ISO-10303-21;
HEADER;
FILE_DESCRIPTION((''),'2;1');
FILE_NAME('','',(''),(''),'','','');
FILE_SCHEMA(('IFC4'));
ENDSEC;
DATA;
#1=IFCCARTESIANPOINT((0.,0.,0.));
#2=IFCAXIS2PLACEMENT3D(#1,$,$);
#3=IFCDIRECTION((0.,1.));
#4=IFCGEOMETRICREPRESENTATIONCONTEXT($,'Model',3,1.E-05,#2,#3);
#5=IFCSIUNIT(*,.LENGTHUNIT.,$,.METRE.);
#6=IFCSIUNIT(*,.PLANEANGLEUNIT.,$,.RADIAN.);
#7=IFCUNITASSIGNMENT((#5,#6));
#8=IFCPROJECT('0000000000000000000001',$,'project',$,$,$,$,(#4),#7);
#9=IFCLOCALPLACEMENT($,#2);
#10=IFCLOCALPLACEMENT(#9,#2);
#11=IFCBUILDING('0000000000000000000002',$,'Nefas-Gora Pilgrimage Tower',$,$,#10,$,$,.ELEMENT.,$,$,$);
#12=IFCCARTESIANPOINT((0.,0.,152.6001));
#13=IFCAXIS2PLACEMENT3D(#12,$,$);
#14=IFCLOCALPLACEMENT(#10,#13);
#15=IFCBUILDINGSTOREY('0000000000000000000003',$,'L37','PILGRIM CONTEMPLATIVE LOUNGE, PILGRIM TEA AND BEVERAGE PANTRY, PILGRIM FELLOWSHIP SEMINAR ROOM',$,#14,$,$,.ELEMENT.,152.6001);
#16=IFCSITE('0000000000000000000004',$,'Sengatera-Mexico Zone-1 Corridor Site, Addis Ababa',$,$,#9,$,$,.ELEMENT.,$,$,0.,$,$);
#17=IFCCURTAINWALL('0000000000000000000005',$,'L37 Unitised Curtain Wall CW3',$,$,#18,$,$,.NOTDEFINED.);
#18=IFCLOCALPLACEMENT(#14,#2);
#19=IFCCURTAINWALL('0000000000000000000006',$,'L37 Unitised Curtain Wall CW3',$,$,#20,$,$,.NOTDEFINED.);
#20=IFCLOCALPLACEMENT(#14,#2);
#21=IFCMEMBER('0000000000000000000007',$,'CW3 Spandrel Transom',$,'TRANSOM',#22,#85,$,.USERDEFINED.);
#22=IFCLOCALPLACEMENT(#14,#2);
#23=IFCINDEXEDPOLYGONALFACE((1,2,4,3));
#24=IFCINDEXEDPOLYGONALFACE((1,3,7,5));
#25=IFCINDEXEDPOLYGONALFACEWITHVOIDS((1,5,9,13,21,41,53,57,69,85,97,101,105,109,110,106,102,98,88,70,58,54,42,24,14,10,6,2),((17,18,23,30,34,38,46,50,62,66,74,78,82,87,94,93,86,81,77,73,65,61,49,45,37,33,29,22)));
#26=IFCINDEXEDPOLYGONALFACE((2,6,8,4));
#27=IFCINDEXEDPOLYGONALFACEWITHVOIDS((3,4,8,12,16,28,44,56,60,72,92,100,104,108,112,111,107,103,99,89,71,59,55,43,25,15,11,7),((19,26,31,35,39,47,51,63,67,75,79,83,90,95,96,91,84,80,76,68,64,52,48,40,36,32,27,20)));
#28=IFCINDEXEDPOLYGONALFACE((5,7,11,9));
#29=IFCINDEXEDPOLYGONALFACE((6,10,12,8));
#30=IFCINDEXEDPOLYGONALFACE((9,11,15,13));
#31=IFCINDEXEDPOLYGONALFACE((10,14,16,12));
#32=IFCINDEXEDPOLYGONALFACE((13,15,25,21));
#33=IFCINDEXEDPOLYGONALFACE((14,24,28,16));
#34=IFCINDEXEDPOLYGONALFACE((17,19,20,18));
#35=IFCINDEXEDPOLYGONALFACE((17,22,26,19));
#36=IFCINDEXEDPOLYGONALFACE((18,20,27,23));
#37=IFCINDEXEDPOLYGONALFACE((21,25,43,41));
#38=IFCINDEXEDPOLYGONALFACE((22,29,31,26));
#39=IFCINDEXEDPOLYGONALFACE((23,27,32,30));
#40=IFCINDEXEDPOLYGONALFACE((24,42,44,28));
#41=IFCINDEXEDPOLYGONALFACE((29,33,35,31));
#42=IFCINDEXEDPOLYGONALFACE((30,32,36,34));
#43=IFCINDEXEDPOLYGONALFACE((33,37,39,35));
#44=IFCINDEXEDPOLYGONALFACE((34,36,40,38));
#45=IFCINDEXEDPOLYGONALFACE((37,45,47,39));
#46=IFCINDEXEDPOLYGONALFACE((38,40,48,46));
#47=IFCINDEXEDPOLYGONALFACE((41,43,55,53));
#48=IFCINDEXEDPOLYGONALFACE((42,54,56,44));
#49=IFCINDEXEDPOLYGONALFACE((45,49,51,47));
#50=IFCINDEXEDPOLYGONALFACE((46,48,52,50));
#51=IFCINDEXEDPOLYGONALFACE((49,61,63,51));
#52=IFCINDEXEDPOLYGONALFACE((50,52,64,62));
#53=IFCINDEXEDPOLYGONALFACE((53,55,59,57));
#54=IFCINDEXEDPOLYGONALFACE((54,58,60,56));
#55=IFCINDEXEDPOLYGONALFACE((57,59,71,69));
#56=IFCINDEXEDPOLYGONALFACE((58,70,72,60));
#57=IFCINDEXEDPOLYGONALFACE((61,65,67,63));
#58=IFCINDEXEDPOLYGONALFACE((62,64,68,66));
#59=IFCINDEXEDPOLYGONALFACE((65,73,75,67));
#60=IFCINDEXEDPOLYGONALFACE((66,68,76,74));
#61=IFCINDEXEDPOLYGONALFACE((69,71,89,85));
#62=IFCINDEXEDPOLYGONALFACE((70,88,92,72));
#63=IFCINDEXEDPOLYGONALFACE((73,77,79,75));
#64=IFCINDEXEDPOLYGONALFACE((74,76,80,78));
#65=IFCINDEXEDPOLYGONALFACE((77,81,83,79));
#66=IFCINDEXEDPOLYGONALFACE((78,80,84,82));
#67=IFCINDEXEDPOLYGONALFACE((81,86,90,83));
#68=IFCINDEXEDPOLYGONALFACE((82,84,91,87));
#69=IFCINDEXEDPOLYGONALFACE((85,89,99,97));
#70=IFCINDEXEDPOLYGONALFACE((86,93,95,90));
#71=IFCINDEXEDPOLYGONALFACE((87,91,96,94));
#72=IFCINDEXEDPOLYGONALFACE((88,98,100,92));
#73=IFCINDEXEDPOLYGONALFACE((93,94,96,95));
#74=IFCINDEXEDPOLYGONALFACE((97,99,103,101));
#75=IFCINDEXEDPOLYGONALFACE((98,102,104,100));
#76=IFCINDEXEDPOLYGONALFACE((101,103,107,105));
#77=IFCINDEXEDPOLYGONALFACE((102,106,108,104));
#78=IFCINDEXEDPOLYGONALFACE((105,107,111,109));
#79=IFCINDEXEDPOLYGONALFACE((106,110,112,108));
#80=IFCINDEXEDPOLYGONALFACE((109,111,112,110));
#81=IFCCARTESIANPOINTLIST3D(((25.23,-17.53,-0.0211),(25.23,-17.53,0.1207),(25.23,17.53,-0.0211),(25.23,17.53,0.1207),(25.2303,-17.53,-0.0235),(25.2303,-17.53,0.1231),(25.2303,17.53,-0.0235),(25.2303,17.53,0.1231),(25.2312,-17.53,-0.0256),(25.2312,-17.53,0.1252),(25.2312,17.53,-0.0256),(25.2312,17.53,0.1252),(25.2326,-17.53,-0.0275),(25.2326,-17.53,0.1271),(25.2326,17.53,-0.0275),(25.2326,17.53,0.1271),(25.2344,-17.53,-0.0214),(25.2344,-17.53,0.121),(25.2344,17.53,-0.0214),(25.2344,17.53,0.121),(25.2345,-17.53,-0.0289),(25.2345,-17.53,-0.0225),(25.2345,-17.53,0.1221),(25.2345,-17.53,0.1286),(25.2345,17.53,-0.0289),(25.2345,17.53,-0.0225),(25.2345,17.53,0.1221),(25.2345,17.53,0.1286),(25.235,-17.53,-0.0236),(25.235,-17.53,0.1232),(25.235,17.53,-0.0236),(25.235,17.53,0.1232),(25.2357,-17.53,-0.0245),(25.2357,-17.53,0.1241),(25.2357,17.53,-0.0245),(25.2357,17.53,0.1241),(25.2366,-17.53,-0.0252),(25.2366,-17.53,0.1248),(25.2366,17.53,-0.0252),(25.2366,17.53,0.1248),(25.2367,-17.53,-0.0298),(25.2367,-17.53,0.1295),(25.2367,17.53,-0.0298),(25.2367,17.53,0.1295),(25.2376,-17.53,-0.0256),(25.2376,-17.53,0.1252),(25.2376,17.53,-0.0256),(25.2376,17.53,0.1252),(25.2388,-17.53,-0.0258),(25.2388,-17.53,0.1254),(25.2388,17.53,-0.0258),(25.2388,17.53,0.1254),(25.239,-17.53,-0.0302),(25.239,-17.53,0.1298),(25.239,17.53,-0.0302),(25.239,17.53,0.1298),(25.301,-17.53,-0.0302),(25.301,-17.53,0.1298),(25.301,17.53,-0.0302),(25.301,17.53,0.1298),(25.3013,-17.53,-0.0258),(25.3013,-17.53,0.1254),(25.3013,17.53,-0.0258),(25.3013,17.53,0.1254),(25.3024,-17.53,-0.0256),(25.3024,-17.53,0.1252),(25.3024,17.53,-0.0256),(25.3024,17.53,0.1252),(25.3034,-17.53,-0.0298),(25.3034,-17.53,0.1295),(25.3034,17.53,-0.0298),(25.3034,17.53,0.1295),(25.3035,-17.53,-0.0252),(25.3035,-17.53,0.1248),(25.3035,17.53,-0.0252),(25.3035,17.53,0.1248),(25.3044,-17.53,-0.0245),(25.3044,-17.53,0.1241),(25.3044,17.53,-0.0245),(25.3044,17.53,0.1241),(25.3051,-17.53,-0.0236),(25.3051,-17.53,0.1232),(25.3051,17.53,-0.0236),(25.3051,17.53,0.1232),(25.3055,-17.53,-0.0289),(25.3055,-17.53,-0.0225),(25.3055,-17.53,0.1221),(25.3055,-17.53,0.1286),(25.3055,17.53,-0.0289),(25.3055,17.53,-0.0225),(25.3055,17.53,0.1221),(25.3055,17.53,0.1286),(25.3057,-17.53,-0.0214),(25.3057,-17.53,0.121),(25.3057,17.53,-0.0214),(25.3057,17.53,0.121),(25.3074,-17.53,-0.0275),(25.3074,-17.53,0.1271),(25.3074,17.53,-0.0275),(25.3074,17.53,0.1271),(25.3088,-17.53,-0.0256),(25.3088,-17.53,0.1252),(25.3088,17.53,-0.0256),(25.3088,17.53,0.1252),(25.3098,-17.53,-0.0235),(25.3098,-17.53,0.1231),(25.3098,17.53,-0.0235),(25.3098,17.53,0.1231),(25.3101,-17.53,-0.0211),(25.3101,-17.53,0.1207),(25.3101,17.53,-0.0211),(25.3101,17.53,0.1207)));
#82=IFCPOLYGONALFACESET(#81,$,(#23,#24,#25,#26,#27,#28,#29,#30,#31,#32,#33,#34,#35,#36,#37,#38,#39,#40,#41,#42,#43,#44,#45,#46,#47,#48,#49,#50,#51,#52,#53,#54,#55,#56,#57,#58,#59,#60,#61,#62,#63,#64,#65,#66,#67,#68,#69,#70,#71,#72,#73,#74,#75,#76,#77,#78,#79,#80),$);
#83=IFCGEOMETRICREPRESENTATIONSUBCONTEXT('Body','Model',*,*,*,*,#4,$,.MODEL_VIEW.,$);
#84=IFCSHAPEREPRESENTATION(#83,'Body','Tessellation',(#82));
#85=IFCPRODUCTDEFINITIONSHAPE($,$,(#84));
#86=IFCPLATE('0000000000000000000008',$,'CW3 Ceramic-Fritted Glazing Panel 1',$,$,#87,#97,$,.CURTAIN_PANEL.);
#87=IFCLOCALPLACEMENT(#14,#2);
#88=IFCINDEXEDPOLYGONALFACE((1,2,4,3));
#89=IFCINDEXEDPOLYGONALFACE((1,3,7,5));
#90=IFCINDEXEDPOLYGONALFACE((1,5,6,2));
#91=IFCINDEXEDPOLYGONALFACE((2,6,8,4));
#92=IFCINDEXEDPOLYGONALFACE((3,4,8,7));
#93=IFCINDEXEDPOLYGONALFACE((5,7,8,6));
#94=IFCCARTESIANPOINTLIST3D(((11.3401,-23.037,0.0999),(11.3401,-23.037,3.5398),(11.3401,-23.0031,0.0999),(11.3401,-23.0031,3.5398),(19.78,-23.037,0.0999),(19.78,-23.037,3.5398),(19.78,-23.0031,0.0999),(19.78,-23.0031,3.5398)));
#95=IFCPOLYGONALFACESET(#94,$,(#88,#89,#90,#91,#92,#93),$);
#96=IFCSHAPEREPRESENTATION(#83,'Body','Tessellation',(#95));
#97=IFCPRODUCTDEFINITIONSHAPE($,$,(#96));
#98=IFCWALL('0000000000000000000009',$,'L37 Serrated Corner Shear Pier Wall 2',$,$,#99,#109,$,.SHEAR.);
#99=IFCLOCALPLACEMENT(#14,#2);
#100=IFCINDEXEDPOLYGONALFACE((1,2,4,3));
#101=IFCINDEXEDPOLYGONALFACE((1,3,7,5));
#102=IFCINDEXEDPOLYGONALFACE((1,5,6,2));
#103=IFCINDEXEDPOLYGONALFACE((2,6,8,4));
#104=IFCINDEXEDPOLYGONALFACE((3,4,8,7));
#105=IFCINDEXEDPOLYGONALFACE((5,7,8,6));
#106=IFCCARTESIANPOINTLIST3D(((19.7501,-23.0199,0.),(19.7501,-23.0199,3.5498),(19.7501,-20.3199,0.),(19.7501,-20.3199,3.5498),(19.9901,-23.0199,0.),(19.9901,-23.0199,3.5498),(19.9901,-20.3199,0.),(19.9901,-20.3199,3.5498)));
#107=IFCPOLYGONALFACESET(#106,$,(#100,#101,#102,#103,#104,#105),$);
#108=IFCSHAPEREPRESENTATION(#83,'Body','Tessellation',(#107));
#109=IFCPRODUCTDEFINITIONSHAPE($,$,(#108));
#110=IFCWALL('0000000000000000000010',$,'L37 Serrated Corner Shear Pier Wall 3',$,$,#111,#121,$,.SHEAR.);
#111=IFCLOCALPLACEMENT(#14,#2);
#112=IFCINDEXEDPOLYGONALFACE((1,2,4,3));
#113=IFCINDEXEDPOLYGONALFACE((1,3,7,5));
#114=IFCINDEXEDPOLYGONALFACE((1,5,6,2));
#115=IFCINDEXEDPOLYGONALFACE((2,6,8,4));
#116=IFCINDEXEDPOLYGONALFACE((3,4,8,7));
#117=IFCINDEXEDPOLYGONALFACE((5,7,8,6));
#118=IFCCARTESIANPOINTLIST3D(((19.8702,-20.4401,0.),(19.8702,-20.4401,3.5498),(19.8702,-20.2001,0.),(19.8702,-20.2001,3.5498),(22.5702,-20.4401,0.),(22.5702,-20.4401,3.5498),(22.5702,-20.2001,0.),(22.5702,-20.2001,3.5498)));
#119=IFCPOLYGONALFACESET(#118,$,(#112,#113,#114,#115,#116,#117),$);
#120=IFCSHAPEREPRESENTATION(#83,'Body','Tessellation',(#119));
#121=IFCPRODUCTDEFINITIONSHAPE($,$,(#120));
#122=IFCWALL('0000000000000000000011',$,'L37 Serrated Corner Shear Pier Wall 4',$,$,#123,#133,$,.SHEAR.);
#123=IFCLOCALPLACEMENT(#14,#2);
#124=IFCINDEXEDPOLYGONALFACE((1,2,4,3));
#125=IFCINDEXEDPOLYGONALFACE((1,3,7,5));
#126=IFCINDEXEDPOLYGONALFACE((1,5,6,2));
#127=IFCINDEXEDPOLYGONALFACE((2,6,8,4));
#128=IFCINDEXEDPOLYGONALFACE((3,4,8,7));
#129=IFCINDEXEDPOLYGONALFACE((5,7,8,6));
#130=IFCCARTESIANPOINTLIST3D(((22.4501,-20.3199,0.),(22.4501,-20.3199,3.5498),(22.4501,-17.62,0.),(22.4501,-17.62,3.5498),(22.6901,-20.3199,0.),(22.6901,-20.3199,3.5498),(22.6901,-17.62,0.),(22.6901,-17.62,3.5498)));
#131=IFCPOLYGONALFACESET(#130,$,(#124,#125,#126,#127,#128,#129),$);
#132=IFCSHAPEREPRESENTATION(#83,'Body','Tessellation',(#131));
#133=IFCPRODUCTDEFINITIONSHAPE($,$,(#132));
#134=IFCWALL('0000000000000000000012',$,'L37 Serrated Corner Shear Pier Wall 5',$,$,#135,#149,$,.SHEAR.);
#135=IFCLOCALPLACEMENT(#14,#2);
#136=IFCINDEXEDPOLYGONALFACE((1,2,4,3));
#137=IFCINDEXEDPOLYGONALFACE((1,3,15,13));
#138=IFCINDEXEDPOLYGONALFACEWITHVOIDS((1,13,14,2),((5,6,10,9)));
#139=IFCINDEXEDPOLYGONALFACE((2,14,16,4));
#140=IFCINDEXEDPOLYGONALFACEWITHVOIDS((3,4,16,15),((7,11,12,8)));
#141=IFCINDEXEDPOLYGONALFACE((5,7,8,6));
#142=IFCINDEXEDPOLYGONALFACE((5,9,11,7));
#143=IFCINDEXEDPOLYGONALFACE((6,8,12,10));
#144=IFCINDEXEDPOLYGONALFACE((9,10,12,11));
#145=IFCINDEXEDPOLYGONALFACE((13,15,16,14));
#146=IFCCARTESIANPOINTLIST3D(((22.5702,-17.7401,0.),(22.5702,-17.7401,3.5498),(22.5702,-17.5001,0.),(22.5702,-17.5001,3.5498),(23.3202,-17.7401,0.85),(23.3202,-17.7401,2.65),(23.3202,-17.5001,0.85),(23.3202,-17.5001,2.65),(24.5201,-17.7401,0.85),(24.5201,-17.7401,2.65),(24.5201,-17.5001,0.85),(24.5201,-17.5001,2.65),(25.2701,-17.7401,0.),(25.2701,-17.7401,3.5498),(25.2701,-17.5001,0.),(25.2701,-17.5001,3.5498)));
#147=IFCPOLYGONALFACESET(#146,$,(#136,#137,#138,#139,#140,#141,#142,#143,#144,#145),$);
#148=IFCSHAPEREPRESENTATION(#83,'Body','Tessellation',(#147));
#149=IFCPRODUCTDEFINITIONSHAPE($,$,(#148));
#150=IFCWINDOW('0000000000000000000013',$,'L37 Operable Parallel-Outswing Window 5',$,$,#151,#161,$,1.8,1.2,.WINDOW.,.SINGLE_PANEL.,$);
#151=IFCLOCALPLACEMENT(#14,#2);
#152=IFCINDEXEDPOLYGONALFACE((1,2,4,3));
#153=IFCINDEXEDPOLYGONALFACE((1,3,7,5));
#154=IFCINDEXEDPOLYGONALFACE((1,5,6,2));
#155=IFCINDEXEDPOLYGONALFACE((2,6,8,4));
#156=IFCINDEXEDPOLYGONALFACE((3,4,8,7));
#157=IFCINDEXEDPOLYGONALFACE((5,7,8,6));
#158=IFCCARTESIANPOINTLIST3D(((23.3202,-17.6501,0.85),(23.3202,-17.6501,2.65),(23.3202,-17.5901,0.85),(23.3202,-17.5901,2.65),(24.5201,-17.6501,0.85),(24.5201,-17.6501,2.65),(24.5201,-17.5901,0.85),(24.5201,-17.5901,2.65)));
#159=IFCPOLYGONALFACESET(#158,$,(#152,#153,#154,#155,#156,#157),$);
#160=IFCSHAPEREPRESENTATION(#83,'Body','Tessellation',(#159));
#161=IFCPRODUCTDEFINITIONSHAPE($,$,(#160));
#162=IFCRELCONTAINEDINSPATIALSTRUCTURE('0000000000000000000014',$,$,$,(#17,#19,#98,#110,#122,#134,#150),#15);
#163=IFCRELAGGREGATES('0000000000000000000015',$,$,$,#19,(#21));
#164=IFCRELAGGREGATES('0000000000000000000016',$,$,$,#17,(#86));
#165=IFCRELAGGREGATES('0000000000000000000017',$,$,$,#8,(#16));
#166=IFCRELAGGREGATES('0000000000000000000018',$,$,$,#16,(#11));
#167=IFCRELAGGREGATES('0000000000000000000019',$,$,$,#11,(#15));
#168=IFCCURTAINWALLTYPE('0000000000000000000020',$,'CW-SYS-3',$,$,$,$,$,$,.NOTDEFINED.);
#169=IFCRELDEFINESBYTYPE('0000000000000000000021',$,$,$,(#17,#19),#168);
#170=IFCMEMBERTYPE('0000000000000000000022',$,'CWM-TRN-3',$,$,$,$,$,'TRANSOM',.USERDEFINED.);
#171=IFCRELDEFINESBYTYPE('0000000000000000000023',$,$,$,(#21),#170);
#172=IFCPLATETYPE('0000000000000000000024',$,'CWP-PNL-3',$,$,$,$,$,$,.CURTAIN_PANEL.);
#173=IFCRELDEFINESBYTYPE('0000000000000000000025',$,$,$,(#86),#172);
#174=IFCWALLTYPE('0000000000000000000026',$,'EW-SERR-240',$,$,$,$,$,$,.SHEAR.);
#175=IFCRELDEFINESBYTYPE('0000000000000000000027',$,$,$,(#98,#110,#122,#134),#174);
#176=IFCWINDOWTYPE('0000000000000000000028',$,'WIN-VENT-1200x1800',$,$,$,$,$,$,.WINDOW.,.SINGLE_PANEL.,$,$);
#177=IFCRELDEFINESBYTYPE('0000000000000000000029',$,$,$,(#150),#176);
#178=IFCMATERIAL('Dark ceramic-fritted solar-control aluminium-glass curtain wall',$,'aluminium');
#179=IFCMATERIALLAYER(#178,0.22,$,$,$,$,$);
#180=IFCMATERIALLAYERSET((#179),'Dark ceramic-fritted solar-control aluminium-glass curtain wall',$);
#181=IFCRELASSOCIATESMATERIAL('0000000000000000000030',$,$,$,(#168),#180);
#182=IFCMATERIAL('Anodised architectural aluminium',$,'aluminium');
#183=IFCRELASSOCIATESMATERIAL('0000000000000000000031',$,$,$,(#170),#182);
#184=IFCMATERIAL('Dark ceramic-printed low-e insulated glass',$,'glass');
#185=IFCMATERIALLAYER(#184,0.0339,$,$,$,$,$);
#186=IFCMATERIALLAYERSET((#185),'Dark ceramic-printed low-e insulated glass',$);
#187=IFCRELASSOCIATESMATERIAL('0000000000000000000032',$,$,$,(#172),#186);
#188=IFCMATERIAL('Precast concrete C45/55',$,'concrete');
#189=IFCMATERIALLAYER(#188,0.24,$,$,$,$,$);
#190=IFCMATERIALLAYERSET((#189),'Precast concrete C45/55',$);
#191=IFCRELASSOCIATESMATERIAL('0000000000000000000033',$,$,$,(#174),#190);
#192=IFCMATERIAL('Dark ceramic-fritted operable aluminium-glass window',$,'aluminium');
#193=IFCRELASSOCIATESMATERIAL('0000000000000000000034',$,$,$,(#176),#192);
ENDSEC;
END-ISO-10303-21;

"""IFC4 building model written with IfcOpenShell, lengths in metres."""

from ifc_helpers import new_model, si_unit, direction, frame, frame_2d, origin, origin_2d, place, context, subcontext, project, spatial, rectangle, hollow_rectangle, extrude, source, transform, mapped, material, layer, layer_set, material_profile, profile_set, type_object, element, fill, aggregate, save


model = new_model("IFC4")

# Units and contexts
model_context = context("Model", 3, precision=1e-05, world=origin(), true_north=direction((0.0, 1.0)))
body_context = subcontext(model_context, "Body", "Model", "MODEL_VIEW")
ifc_project = project(units=[si_unit("LENGTHUNIT", "METRE"), si_unit("PLANEANGLEUNIT", "RADIAN")], contexts=[model_context])

# Site, building, storey
site_placement = place(None, origin())
site = spatial("IfcSite", under=ifc_project, at=site_placement, Name="Sengatera-Mexico Zone-1 Corridor Site, Addis Ababa", CompositionType="ELEMENT", RefElevation=0.0)
building_placement = place(site_placement, origin())
building = spatial("IfcBuilding", under=site, at=building_placement, Name="Nefas-Gora Pilgrimage Tower", CompositionType="ELEMENT")
storey_placement = place(building_placement, frame((0.0, 0.0, 152.6001)))
storey = spatial("IfcBuildingStorey", under=building, at=storey_placement, Name="L37", Description="PILGRIM CONTEMPLATIVE LOUNGE, PILGRIM TEA AND BEVERAGE PANTRY, PILGRIM FELLOWSHIP SEMINAR ROOM", CompositionType="ELEMENT", Elevation=152.6001)

# Curtain walls, member
ifc_material_1 = material(Name="Dark ceramic-fritted solar-control aluminium-glass curtain wall", Category="aluminium")
ifc_layer_1 = layer(ifc_material_1, 0.22)
ifc_layer_set_1 = layer_set([ifc_layer_1], Name="Dark ceramic-fritted solar-control aluminium-glass curtain wall")
curtain_wall_type = type_object("IfcCurtainWallType", Name="CW-SYS-3", PredefinedType="NOTDEFINED", material=ifc_layer_set_1)
curtain_wall_1_placement = place(storey_placement, origin())
curtain_wall_1 = element("IfcCurtainWall", 1, at=curtain_wall_1_placement, inside=storey, type_object=curtain_wall_type, Name="L37 Unitised Curtain Wall CW3", PredefinedType="NOTDEFINED")
ifc_material_2 = material(Name="Anodised architectural aluminium", Category="aluminium")
ifc_material_profile_1 = material_profile(ifc_material_2, hollow_rectangle(XDim=0.0801, YDim=0.1599, WallThickness=0.0044, InnerFilletRadius=0.0044, OuterFilletRadius=0.009, at=origin_2d()), Name="ALU TRANSOM 80x160")
ifc_profile_set_1 = profile_set([ifc_material_profile_1], Name="Anodised architectural aluminium")
member_type_1 = type_object("IfcMemberType", Name="CWM-TRN-3", ElementType="TRANSOM", PredefinedType="USERDEFINED", material=ifc_profile_set_1)
curtain_wall_2_placement = place(storey_placement, origin())
curtain_wall_2 = element("IfcCurtainWall", 2, at=curtain_wall_2_placement, inside=storey, type_object=curtain_wall_type, Name="L37 Unitised Curtain Wall CW3", PredefinedType="NOTDEFINED")
shared_shape_1 = source(origin(), body_context, "Body", "SweptSolid", [
    extrude(hollow_rectangle(XDim=0.0801, YDim=0.1599, WallThickness=0.0044, InnerFilletRadius=0.0044, OuterFilletRadius=0.009, at=origin_2d()), origin(), (0.0, 0.0, 1.0), 35.0601),
])
member_1_placement = place(storey_placement, frame((25.27, -17.53, 0.0498), z_axis=(0.0, 1.0, 0.0), x_axis=(-1.0, 0.0, 0.0)))
member_1 = element("IfcMember", 3, at=member_1_placement, type_object=member_type_1, Name="CW3 Spandrel Transom", ObjectType="TRANSOM", PredefinedType="USERDEFINED", context=body_context, shape_type="MappedRepresentation", body=[
    mapped(shared_shape_1, transform((0.0, 0.0, 0.0), x_axis=(1.0, 0.0, 0.0), y_axis=(0.0, 1.0, 0.0), z_axis=(0.0, 0.0, 1.0), scale=1.0)),
])
aggregate(curtain_wall_2, [member_1])

# Plate
ifc_material_3 = material(Name="Dark ceramic-printed low-e insulated glass", Category="glass")
ifc_layer_2 = layer(ifc_material_3, 0.0339)
ifc_layer_set_2 = layer_set([ifc_layer_2], Name="Dark ceramic-printed low-e insulated glass")
plate_type = type_object("IfcPlateType", Name="CWP-PNL-3", PredefinedType="CURTAIN_PANEL", material=ifc_layer_set_2)
shared_shape_2 = source(origin(), body_context, "Body", "SweptSolid", [
    extrude(rectangle(XDim=8.4399, YDim=0.0339, at=origin_2d()), origin(), (0.0, 0.0, 1.0), 3.4399),
])
plate_placement = place(storey_placement, frame((15.5601, -23.02, 0.0999), z_axis=(0.0, 0.0, 1.0), x_axis=(1.0, 0.0, 0.0)))
plate = element("IfcPlate", 4, at=plate_placement, type_object=plate_type, Name="CW3 Ceramic-Fritted Glazing Panel 1", PredefinedType="CURTAIN_PANEL", context=body_context, shape_type="MappedRepresentation", body=[
    mapped(shared_shape_2, transform((0.0, 0.0, 0.0), x_axis=(1.0, 0.0, 0.0), y_axis=(0.0, 1.0, 0.0), z_axis=(0.0, 0.0, 1.0), scale=1.0)),
])
aggregate(curtain_wall_1, [plate])

# Walls
ifc_material_4 = material(Name="Precast concrete C45/55", Category="concrete")
ifc_layer_3 = layer(ifc_material_4, 0.24)
ifc_layer_set_3 = layer_set([ifc_layer_3], Name="Precast concrete C45/55")
wall_type_1 = type_object("IfcWallType", Name="EW-SERR-240", PredefinedType="SHEAR", material=ifc_layer_set_3)
shared_shape_3 = source(origin(), body_context, "Body", "SweptSolid", [
    extrude(rectangle(XDim=2.7, YDim=0.24, at=frame_2d((1.3501, 0.0))), origin(), (0.0, 0.0, 1.0), 3.5498),
])
for number, where, z_axis, x_axis, name in (
    (5, (19.8701, -23.02, 0.0), (0.0, 0.0, 1.0), (0.0, 1.0, 0.0), "L37 Serrated Corner Shear Pier Wall 2"),
    (6, (19.8701, -20.3201, 0.0), (0.0, 0.0, 1.0), (1.0, 0.0, 0.0), "L37 Serrated Corner Shear Pier Wall 3"),
    (7, (22.5701, -20.3201, 0.0), (0.0, 0.0, 1.0), (0.0, 1.0, 0.0), "L37 Serrated Corner Shear Pier Wall 4"),
):
    element("IfcWall", number, at=place(storey_placement, frame(where, z_axis=z_axis, x_axis=x_axis)), inside=storey, type_object=wall_type_1, Name=name, PredefinedType="SHEAR", context=body_context, shape_type="MappedRepresentation", body=[
        mapped(shared_shape_3, transform((0.0, 0.0, 0.0), x_axis=(1.0, 0.0, 0.0), y_axis=(0.0, 1.0, 0.0), z_axis=(0.0, 0.0, 1.0), scale=1.0)),
    ])

# Wall, opening, window
wall_1_placement = place(storey_placement, frame((22.5701, -17.6201, 0.0), z_axis=(0.0, 0.0, 1.0), x_axis=(1.0, 0.0, 0.0)))
wall_1 = element("IfcWall", 8, at=wall_1_placement, inside=storey, type_object=wall_type_1, Name="L37 Serrated Corner Shear Pier Wall 5", PredefinedType="SHEAR", context=body_context, shape_type="MappedRepresentation", body=[
    mapped(shared_shape_3, transform((0.0, 0.0, 0.0), x_axis=(1.0, 0.0, 0.0), y_axis=(0.0, 1.0, 0.0), z_axis=(0.0, 0.0, 1.0), scale=1.0)),
])
opening_1_placement = place(wall_1_placement, frame((0.75, 0.0, 0.8501)))
opening_1 = element("IfcOpeningElement", 9, at=opening_1_placement, cuts=wall_1, PredefinedType="OPENING", context=body_context, shape_type="SweptSolid", body=[
    extrude(rectangle(XDim=1.2, YDim=1.8, at=frame_2d((0.6001, 0.8999))), frame((0.0, 0.1299, 0.0), z_axis=(0.0, -1.0, 0.0), x_axis=(1.0, 0.0, 0.0)), (0.0, 0.0, 1.0), 0.26),
])
ifc_material_5 = material(Name="Dark ceramic-fritted operable aluminium-glass window", Category="aluminium")
window_type = type_object("IfcWindowType", Name="WIN-VENT-1200x1800", PartitioningType="SINGLE_PANEL", PredefinedType="WINDOW", material=ifc_material_5)
shared_shape_4 = source(origin(), body_context, "Body", "SweptSolid", [
    extrude(rectangle(XDim=1.2, YDim=1.8, at=frame_2d((0.6001, 0.8999))), frame((0.0, 0.03, 0.0), z_axis=(0.0, -1.0, 0.0), x_axis=(1.0, 0.0, 0.0)), (0.0, 0.0, 1.0), 0.0601),
])
window_placement = place(opening_1_placement, origin())
window = element("IfcWindow", 10, at=window_placement, inside=storey, type_object=window_type, Name="L37 Operable Parallel-Outswing Window 5", OverallHeight=1.8, OverallWidth=1.2, PartitioningType="SINGLE_PANEL", PredefinedType="WINDOW", context=body_context, shape_type="MappedRepresentation", body=[
    mapped(shared_shape_4, transform((0.0, 0.0, 0.0), x_axis=(1.0, 0.0, 0.0), y_axis=(0.0, 1.0, 0.0), z_axis=(0.0, 0.0, 1.0), scale=1.0)),
])
fill(opening_1, window)

save(model, "model.ifc")
